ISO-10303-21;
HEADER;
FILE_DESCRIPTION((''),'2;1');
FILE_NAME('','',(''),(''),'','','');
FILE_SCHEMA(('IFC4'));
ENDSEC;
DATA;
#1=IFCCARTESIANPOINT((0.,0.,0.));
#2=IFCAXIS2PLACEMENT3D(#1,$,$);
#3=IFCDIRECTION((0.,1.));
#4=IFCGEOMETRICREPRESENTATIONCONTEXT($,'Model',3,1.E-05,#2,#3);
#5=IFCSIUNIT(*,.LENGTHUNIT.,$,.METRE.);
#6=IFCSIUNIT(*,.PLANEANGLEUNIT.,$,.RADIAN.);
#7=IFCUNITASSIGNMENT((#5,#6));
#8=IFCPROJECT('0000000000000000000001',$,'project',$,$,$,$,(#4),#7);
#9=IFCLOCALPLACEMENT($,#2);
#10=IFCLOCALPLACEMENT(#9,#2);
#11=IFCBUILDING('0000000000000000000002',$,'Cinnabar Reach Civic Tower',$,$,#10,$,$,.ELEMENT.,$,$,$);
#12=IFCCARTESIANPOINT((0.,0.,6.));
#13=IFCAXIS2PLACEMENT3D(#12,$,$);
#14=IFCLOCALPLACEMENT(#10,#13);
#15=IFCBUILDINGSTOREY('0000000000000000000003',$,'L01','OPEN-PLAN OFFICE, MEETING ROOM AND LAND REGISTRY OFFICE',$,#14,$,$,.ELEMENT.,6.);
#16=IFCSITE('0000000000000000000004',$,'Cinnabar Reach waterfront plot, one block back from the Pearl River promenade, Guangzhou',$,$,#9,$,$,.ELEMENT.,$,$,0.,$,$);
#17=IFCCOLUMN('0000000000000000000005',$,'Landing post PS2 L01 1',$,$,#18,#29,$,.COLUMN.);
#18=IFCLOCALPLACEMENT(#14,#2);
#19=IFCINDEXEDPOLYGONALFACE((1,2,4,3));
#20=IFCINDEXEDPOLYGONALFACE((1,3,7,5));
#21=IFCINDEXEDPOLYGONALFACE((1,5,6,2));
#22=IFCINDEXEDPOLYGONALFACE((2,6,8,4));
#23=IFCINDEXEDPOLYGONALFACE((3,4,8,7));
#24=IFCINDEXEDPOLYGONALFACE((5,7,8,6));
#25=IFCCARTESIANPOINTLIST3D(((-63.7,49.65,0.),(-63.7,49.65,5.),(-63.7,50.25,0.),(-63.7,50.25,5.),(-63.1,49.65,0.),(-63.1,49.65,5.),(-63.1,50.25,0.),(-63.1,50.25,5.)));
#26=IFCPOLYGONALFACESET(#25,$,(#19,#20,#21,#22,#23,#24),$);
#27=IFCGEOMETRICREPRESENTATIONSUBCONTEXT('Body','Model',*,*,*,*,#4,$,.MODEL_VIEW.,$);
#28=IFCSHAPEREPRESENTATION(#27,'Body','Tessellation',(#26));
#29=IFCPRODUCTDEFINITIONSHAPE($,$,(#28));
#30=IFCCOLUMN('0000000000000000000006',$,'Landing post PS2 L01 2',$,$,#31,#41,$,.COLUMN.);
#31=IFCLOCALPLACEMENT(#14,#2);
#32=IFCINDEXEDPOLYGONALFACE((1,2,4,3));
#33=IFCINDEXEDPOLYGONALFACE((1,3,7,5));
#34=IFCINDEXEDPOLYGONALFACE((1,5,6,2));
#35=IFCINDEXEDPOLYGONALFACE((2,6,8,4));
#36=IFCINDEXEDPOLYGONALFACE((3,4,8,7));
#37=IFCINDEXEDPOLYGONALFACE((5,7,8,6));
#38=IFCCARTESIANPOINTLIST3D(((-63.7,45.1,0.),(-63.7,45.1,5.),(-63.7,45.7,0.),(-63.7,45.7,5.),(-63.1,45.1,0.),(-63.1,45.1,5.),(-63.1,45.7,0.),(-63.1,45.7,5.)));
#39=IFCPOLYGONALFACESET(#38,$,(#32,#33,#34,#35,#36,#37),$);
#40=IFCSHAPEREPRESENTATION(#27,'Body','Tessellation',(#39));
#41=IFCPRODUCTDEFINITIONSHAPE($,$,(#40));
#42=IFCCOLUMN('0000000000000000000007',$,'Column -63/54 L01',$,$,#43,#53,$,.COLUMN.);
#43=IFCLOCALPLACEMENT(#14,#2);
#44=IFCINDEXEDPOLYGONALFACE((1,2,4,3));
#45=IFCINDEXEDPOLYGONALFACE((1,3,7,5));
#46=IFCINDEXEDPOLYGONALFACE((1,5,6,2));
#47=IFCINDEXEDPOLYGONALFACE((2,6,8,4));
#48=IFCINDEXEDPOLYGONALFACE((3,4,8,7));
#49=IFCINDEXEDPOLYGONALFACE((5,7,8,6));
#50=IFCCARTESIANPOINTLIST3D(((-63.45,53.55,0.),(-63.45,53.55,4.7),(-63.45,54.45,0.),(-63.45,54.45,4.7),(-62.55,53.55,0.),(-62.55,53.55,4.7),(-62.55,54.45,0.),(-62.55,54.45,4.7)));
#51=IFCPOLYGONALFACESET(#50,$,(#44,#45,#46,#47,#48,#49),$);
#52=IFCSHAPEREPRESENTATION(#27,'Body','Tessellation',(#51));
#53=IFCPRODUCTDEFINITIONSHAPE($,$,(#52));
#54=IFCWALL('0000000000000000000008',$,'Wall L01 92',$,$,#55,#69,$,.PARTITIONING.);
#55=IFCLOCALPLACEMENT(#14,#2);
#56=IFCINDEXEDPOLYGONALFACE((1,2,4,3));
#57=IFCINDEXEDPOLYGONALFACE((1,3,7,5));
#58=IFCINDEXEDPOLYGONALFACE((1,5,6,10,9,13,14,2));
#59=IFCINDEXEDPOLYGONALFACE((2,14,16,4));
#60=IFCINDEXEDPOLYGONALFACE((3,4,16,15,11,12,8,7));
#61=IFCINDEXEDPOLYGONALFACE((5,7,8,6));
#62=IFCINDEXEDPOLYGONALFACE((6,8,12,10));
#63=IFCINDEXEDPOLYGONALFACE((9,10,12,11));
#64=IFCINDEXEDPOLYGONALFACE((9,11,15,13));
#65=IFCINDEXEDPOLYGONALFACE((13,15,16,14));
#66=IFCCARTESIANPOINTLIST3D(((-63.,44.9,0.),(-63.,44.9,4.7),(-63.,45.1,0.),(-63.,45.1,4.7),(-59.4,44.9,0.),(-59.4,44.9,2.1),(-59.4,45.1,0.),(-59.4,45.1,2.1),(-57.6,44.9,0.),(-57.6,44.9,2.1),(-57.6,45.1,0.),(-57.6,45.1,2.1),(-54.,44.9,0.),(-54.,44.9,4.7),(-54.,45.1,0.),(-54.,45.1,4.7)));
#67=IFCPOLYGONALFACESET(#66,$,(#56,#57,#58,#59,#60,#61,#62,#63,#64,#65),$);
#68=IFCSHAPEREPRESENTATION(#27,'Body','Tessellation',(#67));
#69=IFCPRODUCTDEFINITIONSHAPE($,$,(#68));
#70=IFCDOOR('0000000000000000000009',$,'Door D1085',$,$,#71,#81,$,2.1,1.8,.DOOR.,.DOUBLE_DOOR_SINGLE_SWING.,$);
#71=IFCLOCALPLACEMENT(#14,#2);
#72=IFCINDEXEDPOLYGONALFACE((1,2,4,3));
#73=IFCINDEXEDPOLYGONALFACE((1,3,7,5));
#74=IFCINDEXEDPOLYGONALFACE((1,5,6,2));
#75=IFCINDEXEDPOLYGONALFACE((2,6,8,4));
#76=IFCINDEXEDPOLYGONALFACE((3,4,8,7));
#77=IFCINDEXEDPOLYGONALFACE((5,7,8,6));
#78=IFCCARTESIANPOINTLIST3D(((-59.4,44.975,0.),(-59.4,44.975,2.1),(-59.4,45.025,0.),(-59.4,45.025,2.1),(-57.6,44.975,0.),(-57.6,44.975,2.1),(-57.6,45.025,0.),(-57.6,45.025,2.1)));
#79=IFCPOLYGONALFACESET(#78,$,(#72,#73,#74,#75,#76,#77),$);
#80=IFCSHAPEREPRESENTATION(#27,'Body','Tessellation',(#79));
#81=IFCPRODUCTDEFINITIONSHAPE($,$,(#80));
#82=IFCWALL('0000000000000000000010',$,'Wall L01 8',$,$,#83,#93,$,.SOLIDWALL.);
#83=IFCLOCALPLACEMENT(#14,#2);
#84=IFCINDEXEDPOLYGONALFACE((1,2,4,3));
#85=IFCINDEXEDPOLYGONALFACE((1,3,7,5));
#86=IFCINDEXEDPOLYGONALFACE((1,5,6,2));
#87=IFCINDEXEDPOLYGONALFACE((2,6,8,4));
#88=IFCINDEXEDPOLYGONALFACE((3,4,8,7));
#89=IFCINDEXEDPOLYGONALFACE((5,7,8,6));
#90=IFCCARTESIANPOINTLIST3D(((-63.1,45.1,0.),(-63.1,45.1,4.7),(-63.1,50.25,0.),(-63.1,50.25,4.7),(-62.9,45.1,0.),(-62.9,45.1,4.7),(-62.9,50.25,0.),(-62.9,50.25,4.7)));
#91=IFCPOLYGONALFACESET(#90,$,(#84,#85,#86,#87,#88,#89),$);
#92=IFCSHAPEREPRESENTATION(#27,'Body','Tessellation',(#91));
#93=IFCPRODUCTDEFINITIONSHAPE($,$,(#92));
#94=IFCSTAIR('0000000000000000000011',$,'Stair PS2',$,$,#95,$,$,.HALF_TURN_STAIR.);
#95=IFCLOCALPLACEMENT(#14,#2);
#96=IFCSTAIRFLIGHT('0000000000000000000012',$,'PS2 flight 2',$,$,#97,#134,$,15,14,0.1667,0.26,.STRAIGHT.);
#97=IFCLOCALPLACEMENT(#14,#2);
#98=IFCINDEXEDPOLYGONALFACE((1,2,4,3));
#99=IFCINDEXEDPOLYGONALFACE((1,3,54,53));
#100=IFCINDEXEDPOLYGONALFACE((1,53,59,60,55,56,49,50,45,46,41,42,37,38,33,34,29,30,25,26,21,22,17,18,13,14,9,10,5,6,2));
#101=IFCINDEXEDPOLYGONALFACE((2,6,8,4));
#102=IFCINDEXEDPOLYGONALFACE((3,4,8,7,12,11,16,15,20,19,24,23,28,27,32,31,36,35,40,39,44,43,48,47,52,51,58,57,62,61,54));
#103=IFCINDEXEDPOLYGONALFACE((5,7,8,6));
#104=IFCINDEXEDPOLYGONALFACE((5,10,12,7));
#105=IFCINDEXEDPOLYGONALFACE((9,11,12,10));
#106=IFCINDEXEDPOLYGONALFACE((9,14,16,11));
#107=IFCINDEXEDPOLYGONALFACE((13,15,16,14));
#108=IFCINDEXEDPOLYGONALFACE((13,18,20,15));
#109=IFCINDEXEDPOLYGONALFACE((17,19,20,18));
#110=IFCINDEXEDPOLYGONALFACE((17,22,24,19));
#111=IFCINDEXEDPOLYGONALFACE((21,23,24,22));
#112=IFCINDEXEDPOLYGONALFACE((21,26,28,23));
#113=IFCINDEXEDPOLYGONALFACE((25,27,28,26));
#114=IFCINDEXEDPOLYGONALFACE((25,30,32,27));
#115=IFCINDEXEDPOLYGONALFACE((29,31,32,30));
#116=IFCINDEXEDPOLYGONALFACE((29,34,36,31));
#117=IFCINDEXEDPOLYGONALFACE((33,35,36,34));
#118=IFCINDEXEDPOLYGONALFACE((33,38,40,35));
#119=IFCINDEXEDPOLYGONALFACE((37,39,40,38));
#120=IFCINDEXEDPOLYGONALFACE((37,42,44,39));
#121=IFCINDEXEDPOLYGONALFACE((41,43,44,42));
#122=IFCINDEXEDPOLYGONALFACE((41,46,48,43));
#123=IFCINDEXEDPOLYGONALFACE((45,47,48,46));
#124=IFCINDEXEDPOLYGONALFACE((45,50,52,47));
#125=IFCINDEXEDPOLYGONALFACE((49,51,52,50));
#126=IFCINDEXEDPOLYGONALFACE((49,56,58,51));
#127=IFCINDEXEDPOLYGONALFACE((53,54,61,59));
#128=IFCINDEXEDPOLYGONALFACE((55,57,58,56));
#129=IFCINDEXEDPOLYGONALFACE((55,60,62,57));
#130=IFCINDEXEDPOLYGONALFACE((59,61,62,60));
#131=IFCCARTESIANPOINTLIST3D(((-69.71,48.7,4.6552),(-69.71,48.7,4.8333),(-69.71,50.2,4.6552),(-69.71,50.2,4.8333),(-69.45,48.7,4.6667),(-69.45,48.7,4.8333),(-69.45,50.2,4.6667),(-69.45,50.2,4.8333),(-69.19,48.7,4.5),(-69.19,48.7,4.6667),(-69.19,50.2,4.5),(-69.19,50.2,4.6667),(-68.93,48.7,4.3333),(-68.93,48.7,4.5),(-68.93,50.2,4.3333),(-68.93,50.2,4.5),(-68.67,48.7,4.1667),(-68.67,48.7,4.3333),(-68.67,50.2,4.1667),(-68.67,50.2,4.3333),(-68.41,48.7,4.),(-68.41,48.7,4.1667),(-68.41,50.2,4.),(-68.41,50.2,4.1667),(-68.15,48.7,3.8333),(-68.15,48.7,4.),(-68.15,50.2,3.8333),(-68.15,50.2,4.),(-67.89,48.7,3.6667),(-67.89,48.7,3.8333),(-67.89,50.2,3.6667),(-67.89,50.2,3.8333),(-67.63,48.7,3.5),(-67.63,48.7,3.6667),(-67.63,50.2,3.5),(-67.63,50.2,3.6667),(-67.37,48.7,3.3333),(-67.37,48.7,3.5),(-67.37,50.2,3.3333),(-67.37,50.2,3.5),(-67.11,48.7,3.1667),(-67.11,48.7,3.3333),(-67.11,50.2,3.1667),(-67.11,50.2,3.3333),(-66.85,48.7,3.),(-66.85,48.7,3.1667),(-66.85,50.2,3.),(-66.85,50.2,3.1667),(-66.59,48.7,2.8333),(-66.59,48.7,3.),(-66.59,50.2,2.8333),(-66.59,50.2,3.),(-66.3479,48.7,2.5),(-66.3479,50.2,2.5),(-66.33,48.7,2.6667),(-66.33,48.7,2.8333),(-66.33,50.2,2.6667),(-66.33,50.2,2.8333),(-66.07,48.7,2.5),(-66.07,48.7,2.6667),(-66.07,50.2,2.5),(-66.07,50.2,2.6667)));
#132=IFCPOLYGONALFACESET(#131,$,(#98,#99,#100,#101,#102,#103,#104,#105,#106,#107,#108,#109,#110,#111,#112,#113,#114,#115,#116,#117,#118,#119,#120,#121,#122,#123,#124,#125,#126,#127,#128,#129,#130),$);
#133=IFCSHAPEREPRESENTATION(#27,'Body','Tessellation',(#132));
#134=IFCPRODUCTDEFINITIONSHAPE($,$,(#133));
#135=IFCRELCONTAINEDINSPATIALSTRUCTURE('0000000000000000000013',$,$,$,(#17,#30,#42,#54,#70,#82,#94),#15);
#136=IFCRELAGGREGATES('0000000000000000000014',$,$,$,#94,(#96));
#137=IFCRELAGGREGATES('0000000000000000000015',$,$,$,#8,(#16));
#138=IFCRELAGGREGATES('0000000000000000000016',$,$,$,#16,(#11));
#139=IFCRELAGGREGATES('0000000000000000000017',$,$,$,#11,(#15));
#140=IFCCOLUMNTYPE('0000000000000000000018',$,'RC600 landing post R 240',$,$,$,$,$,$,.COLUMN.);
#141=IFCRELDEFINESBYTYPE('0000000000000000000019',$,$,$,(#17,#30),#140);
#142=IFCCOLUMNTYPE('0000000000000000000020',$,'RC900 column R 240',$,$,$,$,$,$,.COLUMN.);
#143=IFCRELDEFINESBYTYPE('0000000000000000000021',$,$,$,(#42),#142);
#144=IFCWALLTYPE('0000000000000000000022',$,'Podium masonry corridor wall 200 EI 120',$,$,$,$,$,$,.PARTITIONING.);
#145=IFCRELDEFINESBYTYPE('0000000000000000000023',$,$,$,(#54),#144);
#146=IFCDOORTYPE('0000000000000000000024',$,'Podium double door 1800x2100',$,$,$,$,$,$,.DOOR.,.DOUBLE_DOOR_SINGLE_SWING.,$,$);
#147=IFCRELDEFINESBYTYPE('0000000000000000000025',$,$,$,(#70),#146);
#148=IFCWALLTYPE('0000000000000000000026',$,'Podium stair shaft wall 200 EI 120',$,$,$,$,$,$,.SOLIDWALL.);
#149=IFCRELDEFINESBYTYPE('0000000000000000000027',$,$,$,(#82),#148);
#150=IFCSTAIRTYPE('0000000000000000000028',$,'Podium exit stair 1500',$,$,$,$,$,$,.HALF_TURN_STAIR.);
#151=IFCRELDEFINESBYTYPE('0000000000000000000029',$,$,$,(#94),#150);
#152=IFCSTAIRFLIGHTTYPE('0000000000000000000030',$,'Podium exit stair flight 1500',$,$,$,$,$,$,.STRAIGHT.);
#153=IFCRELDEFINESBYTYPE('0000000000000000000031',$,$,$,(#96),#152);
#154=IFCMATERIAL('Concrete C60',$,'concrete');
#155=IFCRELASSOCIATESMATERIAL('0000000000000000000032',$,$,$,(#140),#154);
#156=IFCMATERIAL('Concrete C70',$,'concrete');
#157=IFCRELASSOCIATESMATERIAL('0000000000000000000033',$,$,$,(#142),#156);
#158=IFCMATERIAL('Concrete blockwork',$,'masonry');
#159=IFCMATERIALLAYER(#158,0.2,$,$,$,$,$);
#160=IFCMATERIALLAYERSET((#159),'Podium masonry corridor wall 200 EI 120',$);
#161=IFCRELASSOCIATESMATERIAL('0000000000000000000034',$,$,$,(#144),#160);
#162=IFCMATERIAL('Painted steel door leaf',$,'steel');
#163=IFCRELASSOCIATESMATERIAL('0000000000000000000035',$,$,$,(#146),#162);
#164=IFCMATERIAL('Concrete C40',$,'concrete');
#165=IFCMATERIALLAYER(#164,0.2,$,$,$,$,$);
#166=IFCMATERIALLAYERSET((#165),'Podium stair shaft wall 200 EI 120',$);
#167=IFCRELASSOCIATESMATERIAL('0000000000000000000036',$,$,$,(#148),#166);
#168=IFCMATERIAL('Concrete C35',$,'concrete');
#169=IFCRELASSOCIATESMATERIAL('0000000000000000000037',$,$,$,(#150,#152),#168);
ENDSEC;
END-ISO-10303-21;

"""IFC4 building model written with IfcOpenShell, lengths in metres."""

from ifc_helpers import new_model, si_unit, direction, frame, frame_2d, origin, origin_2d, place, context, subcontext, project, spatial, polyline, rectangle, outline, extrude, material, layer, layer_set, material_profile, profile_set, type_object, element, fill, aggregate, save


model = new_model("IFC4")

# Units and contexts
model_context = context("Model", 3, precision=1e-05, world=origin(), true_north=direction((0.0, 1.0)))
body_context = subcontext(model_context, "Body", "Model", "MODEL_VIEW")
ifc_project = project(units=[si_unit("LENGTHUNIT", "METRE"), si_unit("PLANEANGLEUNIT", "RADIAN")], contexts=[model_context])

# Site, building, storey
site_placement = place(None, origin())
site = spatial("IfcSite", under=ifc_project, at=site_placement, Name="Cinnabar Reach waterfront plot, one block back from the Pearl River promenade, Guangzhou", CompositionType="ELEMENT", RefElevation=0.0)
building_placement = place(site_placement, origin())
building = spatial("IfcBuilding", under=site, at=building_placement, Name="Cinnabar Reach Civic Tower", CompositionType="ELEMENT")
storey_placement = place(building_placement, frame((0.0, 0.0, 6.0)))
storey = spatial("IfcBuildingStorey", under=building, at=storey_placement, Name="L01", Description="OPEN-PLAN OFFICE, MEETING ROOM AND LAND REGISTRY OFFICE", CompositionType="ELEMENT", Elevation=6.0)

# Columns
ifc_material_1 = material(Name="Concrete C60", Category="concrete")
ifc_material_profile_1 = material_profile(ifc_material_1, rectangle(XDim=0.6, YDim=0.6, at=origin_2d()), Name="RC600")
ifc_profile_set_1 = profile_set([ifc_material_profile_1], Name="Concrete C60")
column_type_1 = type_object("IfcColumnType", Name="RC600 landing post R 240", PredefinedType="COLUMN", material=ifc_profile_set_1)
for number, where, z_axis, x_axis, name in (
    (1, (-63.4, 49.95, 0.0), (0.0, 0.0, 1.0), (1.0, 0.0, 0.0), "Landing post PS2 L01 1"),
    (2, (-63.4, 45.4, 0.0), (0.0, 0.0, 1.0), (1.0, 0.0, 0.0), "Landing post PS2 L01 2"),
):
    element("IfcColumn", number, at=place(storey_placement, frame(where, z_axis=z_axis, x_axis=x_axis)), inside=storey, type_object=column_type_1, Name=name, PredefinedType="COLUMN", context=body_context, shape_type="SweptSolid", body=[
        extrude(rectangle(XDim=0.6, YDim=0.6, at=origin_2d()), origin(), (0.0, 0.0, 1.0), 5.0),
    ])
ifc_material_2 = material(Name="Concrete C70", Category="concrete")
ifc_material_profile_2 = material_profile(ifc_material_2, rectangle(XDim=0.9, YDim=0.9, at=origin_2d()), Name="RC900")
ifc_profile_set_2 = profile_set([ifc_material_profile_2], Name="Concrete C70")
column_type_2 = type_object("IfcColumnType", Name="RC900 column R 240", PredefinedType="COLUMN", material=ifc_profile_set_2)
column_placement = place(storey_placement, frame((-63.0, 54.0, 0.0), z_axis=(0.0, 0.0, 1.0), x_axis=(1.0, 0.0, 0.0)))
element("IfcColumn", 3, at=column_placement, inside=storey, type_object=column_type_2, Name="Column -63/54 L01", PredefinedType="COLUMN", context=body_context, shape_type="SweptSolid", body=[
    extrude(rectangle(XDim=0.9, YDim=0.9, at=origin_2d()), origin(), (0.0, 0.0, 1.0), 4.7),
])

# Wall, opening, door
ifc_material_3 = material(Name="Concrete blockwork", Category="masonry")
ifc_layer_1 = layer(ifc_material_3, 0.2)
ifc_layer_set_1 = layer_set([ifc_layer_1], Name="Podium masonry corridor wall 200 EI 120")
wall_type_1 = type_object("IfcWallType", Name="Podium masonry corridor wall 200 EI 120", PredefinedType="PARTITIONING", material=ifc_layer_set_1)
wall_1_placement = place(storey_placement, frame((-63.0, 45.0, 0.0), z_axis=(0.0, 0.0, 1.0), x_axis=(1.0, 0.0, 0.0)))
wall_1 = element("IfcWall", 4, at=wall_1_placement, inside=storey, type_object=wall_type_1, Name="Wall L01 92", PredefinedType="PARTITIONING", context=body_context, shape_type="SweptSolid", body=[
    extrude(rectangle(XDim=9.0, YDim=0.2, at=frame_2d((4.5, 0.0))), origin(), (0.0, 0.0, 1.0), 4.7),
])
opening_placement = place(wall_1_placement, frame((3.6, 0.0, 0.0)))
opening = element("IfcOpeningElement", 5, at=opening_placement, cuts=wall_1, PredefinedType="OPENING", context=body_context, shape_type="SweptSolid", body=[
    extrude(rectangle(XDim=1.8, YDim=2.1, at=frame_2d((0.9, 1.05))), frame((0.0, 0.11, 0.0), z_axis=(0.0, -1.0, 0.0), x_axis=(1.0, 0.0, 0.0)), (0.0, 0.0, 1.0), 0.22),
])
ifc_material_4 = material(Name="Painted steel door leaf", Category="steel")
door_type = type_object("IfcDoorType", Name="Podium double door 1800x2100", OperationType="DOUBLE_DOOR_SINGLE_SWING", PredefinedType="DOOR", material=ifc_material_4)
door_placement = place(opening_placement, origin())
door = element("IfcDoor", 6, at=door_placement, inside=storey, type_object=door_type, Name="Door D1085", OperationType="DOUBLE_DOOR_SINGLE_SWING", OverallHeight=2.1, OverallWidth=1.8, PredefinedType="DOOR", context=body_context, shape_type="SweptSolid", body=[
    extrude(rectangle(XDim=1.8, YDim=2.1, at=frame_2d((0.9, 1.05))), frame((0.0, 0.025, 0.0), z_axis=(0.0, -1.0, 0.0), x_axis=(1.0, 0.0, 0.0)), (0.0, 0.0, 1.0), 0.05),
])
fill(opening, door)

# Wall
ifc_material_5 = material(Name="Concrete C40", Category="concrete")
ifc_layer_2 = layer(ifc_material_5, 0.2)
ifc_layer_set_2 = layer_set([ifc_layer_2], Name="Podium stair shaft wall 200 EI 120")
wall_type_2 = type_object("IfcWallType", Name="Podium stair shaft wall 200 EI 120", PredefinedType="SOLIDWALL", material=ifc_layer_set_2)
wall_2_placement = place(storey_placement, frame((-63.0, 45.1, 0.0), z_axis=(0.0, 0.0, 1.0), x_axis=(0.0, 1.0, 0.0)))
element("IfcWall", 7, at=wall_2_placement, inside=storey, type_object=wall_type_2, Name="Wall L01 8", PredefinedType="SOLIDWALL", context=body_context, shape_type="SweptSolid", body=[
    extrude(rectangle(XDim=5.15, YDim=0.2, at=frame_2d((2.575, 0.0))), origin(), (0.0, 0.0, 1.0), 4.7),
])

# Stair, stair flight
ifc_material_6 = material(Name="Concrete C35", Category="concrete")
stair_type = type_object("IfcStairType", Name="Podium exit stair 1500", PredefinedType="HALF_TURN_STAIR", material=ifc_material_6)
stair_placement = place(storey_placement, origin())
stair = element("IfcStair", 8, at=stair_placement, inside=storey, type_object=stair_type, Name="Stair PS2", PredefinedType="HALF_TURN_STAIR")
stair_flight_type = type_object("IfcStairFlightType", Name="Podium exit stair flight 1500", PredefinedType="STRAIGHT", material=ifc_material_6)
stair_flight_placement = place(storey_placement, frame((-66.07, 49.45, 2.5), z_axis=(0.0, 0.0, 1.0), x_axis=(-1.0, 0.0, 0.0)))
stair_flight = element("IfcStairFlight", 9, at=stair_flight_placement, type_object=stair_flight_type, Name="PS2 flight 2", NumberOfRisers=15, NumberOfTreads=14, PredefinedType="STRAIGHT", RiserHeight=0.1667, TreadLength=0.26, context=body_context, shape_type="SweptSolid", body=[
    extrude(outline(polyline([(0.0, 0.0), (0.0, 0.1667), (0.26, 0.1667), (0.26, 0.3333), (0.52, 0.3333), (0.52, 0.5), (0.78, 0.5), (0.78, 0.6667), (1.04, 0.6667), (1.04, 0.8333), (1.3, 0.8333), (1.3, 1.0), (1.56, 1.0), (1.56, 1.1667), (1.82, 1.1667), (1.82, 1.3333), (2.08, 1.3333), (2.08, 1.5), (2.34, 1.5), (2.34, 1.6667), (2.6, 1.6667), (2.6, 1.8333), (2.86, 1.8333), (2.86, 2.0), (3.12, 2.0), (3.12, 2.1667), (3.38, 2.1667), (3.38, 2.3333), (3.64, 2.3333), (3.64, 2.5), (3.64, 2.1552), (0.2779, 0.0), (0.0, 0.0)])), frame((0.0, 0.75, 0.0), z_axis=(0.0, -1.0, 0.0), x_axis=(1.0, 0.0, 0.0)), (0.0, 0.0, 1.0), 1.5),
])
aggregate(stair, [stair_flight])

save(model, "model.ifc")
